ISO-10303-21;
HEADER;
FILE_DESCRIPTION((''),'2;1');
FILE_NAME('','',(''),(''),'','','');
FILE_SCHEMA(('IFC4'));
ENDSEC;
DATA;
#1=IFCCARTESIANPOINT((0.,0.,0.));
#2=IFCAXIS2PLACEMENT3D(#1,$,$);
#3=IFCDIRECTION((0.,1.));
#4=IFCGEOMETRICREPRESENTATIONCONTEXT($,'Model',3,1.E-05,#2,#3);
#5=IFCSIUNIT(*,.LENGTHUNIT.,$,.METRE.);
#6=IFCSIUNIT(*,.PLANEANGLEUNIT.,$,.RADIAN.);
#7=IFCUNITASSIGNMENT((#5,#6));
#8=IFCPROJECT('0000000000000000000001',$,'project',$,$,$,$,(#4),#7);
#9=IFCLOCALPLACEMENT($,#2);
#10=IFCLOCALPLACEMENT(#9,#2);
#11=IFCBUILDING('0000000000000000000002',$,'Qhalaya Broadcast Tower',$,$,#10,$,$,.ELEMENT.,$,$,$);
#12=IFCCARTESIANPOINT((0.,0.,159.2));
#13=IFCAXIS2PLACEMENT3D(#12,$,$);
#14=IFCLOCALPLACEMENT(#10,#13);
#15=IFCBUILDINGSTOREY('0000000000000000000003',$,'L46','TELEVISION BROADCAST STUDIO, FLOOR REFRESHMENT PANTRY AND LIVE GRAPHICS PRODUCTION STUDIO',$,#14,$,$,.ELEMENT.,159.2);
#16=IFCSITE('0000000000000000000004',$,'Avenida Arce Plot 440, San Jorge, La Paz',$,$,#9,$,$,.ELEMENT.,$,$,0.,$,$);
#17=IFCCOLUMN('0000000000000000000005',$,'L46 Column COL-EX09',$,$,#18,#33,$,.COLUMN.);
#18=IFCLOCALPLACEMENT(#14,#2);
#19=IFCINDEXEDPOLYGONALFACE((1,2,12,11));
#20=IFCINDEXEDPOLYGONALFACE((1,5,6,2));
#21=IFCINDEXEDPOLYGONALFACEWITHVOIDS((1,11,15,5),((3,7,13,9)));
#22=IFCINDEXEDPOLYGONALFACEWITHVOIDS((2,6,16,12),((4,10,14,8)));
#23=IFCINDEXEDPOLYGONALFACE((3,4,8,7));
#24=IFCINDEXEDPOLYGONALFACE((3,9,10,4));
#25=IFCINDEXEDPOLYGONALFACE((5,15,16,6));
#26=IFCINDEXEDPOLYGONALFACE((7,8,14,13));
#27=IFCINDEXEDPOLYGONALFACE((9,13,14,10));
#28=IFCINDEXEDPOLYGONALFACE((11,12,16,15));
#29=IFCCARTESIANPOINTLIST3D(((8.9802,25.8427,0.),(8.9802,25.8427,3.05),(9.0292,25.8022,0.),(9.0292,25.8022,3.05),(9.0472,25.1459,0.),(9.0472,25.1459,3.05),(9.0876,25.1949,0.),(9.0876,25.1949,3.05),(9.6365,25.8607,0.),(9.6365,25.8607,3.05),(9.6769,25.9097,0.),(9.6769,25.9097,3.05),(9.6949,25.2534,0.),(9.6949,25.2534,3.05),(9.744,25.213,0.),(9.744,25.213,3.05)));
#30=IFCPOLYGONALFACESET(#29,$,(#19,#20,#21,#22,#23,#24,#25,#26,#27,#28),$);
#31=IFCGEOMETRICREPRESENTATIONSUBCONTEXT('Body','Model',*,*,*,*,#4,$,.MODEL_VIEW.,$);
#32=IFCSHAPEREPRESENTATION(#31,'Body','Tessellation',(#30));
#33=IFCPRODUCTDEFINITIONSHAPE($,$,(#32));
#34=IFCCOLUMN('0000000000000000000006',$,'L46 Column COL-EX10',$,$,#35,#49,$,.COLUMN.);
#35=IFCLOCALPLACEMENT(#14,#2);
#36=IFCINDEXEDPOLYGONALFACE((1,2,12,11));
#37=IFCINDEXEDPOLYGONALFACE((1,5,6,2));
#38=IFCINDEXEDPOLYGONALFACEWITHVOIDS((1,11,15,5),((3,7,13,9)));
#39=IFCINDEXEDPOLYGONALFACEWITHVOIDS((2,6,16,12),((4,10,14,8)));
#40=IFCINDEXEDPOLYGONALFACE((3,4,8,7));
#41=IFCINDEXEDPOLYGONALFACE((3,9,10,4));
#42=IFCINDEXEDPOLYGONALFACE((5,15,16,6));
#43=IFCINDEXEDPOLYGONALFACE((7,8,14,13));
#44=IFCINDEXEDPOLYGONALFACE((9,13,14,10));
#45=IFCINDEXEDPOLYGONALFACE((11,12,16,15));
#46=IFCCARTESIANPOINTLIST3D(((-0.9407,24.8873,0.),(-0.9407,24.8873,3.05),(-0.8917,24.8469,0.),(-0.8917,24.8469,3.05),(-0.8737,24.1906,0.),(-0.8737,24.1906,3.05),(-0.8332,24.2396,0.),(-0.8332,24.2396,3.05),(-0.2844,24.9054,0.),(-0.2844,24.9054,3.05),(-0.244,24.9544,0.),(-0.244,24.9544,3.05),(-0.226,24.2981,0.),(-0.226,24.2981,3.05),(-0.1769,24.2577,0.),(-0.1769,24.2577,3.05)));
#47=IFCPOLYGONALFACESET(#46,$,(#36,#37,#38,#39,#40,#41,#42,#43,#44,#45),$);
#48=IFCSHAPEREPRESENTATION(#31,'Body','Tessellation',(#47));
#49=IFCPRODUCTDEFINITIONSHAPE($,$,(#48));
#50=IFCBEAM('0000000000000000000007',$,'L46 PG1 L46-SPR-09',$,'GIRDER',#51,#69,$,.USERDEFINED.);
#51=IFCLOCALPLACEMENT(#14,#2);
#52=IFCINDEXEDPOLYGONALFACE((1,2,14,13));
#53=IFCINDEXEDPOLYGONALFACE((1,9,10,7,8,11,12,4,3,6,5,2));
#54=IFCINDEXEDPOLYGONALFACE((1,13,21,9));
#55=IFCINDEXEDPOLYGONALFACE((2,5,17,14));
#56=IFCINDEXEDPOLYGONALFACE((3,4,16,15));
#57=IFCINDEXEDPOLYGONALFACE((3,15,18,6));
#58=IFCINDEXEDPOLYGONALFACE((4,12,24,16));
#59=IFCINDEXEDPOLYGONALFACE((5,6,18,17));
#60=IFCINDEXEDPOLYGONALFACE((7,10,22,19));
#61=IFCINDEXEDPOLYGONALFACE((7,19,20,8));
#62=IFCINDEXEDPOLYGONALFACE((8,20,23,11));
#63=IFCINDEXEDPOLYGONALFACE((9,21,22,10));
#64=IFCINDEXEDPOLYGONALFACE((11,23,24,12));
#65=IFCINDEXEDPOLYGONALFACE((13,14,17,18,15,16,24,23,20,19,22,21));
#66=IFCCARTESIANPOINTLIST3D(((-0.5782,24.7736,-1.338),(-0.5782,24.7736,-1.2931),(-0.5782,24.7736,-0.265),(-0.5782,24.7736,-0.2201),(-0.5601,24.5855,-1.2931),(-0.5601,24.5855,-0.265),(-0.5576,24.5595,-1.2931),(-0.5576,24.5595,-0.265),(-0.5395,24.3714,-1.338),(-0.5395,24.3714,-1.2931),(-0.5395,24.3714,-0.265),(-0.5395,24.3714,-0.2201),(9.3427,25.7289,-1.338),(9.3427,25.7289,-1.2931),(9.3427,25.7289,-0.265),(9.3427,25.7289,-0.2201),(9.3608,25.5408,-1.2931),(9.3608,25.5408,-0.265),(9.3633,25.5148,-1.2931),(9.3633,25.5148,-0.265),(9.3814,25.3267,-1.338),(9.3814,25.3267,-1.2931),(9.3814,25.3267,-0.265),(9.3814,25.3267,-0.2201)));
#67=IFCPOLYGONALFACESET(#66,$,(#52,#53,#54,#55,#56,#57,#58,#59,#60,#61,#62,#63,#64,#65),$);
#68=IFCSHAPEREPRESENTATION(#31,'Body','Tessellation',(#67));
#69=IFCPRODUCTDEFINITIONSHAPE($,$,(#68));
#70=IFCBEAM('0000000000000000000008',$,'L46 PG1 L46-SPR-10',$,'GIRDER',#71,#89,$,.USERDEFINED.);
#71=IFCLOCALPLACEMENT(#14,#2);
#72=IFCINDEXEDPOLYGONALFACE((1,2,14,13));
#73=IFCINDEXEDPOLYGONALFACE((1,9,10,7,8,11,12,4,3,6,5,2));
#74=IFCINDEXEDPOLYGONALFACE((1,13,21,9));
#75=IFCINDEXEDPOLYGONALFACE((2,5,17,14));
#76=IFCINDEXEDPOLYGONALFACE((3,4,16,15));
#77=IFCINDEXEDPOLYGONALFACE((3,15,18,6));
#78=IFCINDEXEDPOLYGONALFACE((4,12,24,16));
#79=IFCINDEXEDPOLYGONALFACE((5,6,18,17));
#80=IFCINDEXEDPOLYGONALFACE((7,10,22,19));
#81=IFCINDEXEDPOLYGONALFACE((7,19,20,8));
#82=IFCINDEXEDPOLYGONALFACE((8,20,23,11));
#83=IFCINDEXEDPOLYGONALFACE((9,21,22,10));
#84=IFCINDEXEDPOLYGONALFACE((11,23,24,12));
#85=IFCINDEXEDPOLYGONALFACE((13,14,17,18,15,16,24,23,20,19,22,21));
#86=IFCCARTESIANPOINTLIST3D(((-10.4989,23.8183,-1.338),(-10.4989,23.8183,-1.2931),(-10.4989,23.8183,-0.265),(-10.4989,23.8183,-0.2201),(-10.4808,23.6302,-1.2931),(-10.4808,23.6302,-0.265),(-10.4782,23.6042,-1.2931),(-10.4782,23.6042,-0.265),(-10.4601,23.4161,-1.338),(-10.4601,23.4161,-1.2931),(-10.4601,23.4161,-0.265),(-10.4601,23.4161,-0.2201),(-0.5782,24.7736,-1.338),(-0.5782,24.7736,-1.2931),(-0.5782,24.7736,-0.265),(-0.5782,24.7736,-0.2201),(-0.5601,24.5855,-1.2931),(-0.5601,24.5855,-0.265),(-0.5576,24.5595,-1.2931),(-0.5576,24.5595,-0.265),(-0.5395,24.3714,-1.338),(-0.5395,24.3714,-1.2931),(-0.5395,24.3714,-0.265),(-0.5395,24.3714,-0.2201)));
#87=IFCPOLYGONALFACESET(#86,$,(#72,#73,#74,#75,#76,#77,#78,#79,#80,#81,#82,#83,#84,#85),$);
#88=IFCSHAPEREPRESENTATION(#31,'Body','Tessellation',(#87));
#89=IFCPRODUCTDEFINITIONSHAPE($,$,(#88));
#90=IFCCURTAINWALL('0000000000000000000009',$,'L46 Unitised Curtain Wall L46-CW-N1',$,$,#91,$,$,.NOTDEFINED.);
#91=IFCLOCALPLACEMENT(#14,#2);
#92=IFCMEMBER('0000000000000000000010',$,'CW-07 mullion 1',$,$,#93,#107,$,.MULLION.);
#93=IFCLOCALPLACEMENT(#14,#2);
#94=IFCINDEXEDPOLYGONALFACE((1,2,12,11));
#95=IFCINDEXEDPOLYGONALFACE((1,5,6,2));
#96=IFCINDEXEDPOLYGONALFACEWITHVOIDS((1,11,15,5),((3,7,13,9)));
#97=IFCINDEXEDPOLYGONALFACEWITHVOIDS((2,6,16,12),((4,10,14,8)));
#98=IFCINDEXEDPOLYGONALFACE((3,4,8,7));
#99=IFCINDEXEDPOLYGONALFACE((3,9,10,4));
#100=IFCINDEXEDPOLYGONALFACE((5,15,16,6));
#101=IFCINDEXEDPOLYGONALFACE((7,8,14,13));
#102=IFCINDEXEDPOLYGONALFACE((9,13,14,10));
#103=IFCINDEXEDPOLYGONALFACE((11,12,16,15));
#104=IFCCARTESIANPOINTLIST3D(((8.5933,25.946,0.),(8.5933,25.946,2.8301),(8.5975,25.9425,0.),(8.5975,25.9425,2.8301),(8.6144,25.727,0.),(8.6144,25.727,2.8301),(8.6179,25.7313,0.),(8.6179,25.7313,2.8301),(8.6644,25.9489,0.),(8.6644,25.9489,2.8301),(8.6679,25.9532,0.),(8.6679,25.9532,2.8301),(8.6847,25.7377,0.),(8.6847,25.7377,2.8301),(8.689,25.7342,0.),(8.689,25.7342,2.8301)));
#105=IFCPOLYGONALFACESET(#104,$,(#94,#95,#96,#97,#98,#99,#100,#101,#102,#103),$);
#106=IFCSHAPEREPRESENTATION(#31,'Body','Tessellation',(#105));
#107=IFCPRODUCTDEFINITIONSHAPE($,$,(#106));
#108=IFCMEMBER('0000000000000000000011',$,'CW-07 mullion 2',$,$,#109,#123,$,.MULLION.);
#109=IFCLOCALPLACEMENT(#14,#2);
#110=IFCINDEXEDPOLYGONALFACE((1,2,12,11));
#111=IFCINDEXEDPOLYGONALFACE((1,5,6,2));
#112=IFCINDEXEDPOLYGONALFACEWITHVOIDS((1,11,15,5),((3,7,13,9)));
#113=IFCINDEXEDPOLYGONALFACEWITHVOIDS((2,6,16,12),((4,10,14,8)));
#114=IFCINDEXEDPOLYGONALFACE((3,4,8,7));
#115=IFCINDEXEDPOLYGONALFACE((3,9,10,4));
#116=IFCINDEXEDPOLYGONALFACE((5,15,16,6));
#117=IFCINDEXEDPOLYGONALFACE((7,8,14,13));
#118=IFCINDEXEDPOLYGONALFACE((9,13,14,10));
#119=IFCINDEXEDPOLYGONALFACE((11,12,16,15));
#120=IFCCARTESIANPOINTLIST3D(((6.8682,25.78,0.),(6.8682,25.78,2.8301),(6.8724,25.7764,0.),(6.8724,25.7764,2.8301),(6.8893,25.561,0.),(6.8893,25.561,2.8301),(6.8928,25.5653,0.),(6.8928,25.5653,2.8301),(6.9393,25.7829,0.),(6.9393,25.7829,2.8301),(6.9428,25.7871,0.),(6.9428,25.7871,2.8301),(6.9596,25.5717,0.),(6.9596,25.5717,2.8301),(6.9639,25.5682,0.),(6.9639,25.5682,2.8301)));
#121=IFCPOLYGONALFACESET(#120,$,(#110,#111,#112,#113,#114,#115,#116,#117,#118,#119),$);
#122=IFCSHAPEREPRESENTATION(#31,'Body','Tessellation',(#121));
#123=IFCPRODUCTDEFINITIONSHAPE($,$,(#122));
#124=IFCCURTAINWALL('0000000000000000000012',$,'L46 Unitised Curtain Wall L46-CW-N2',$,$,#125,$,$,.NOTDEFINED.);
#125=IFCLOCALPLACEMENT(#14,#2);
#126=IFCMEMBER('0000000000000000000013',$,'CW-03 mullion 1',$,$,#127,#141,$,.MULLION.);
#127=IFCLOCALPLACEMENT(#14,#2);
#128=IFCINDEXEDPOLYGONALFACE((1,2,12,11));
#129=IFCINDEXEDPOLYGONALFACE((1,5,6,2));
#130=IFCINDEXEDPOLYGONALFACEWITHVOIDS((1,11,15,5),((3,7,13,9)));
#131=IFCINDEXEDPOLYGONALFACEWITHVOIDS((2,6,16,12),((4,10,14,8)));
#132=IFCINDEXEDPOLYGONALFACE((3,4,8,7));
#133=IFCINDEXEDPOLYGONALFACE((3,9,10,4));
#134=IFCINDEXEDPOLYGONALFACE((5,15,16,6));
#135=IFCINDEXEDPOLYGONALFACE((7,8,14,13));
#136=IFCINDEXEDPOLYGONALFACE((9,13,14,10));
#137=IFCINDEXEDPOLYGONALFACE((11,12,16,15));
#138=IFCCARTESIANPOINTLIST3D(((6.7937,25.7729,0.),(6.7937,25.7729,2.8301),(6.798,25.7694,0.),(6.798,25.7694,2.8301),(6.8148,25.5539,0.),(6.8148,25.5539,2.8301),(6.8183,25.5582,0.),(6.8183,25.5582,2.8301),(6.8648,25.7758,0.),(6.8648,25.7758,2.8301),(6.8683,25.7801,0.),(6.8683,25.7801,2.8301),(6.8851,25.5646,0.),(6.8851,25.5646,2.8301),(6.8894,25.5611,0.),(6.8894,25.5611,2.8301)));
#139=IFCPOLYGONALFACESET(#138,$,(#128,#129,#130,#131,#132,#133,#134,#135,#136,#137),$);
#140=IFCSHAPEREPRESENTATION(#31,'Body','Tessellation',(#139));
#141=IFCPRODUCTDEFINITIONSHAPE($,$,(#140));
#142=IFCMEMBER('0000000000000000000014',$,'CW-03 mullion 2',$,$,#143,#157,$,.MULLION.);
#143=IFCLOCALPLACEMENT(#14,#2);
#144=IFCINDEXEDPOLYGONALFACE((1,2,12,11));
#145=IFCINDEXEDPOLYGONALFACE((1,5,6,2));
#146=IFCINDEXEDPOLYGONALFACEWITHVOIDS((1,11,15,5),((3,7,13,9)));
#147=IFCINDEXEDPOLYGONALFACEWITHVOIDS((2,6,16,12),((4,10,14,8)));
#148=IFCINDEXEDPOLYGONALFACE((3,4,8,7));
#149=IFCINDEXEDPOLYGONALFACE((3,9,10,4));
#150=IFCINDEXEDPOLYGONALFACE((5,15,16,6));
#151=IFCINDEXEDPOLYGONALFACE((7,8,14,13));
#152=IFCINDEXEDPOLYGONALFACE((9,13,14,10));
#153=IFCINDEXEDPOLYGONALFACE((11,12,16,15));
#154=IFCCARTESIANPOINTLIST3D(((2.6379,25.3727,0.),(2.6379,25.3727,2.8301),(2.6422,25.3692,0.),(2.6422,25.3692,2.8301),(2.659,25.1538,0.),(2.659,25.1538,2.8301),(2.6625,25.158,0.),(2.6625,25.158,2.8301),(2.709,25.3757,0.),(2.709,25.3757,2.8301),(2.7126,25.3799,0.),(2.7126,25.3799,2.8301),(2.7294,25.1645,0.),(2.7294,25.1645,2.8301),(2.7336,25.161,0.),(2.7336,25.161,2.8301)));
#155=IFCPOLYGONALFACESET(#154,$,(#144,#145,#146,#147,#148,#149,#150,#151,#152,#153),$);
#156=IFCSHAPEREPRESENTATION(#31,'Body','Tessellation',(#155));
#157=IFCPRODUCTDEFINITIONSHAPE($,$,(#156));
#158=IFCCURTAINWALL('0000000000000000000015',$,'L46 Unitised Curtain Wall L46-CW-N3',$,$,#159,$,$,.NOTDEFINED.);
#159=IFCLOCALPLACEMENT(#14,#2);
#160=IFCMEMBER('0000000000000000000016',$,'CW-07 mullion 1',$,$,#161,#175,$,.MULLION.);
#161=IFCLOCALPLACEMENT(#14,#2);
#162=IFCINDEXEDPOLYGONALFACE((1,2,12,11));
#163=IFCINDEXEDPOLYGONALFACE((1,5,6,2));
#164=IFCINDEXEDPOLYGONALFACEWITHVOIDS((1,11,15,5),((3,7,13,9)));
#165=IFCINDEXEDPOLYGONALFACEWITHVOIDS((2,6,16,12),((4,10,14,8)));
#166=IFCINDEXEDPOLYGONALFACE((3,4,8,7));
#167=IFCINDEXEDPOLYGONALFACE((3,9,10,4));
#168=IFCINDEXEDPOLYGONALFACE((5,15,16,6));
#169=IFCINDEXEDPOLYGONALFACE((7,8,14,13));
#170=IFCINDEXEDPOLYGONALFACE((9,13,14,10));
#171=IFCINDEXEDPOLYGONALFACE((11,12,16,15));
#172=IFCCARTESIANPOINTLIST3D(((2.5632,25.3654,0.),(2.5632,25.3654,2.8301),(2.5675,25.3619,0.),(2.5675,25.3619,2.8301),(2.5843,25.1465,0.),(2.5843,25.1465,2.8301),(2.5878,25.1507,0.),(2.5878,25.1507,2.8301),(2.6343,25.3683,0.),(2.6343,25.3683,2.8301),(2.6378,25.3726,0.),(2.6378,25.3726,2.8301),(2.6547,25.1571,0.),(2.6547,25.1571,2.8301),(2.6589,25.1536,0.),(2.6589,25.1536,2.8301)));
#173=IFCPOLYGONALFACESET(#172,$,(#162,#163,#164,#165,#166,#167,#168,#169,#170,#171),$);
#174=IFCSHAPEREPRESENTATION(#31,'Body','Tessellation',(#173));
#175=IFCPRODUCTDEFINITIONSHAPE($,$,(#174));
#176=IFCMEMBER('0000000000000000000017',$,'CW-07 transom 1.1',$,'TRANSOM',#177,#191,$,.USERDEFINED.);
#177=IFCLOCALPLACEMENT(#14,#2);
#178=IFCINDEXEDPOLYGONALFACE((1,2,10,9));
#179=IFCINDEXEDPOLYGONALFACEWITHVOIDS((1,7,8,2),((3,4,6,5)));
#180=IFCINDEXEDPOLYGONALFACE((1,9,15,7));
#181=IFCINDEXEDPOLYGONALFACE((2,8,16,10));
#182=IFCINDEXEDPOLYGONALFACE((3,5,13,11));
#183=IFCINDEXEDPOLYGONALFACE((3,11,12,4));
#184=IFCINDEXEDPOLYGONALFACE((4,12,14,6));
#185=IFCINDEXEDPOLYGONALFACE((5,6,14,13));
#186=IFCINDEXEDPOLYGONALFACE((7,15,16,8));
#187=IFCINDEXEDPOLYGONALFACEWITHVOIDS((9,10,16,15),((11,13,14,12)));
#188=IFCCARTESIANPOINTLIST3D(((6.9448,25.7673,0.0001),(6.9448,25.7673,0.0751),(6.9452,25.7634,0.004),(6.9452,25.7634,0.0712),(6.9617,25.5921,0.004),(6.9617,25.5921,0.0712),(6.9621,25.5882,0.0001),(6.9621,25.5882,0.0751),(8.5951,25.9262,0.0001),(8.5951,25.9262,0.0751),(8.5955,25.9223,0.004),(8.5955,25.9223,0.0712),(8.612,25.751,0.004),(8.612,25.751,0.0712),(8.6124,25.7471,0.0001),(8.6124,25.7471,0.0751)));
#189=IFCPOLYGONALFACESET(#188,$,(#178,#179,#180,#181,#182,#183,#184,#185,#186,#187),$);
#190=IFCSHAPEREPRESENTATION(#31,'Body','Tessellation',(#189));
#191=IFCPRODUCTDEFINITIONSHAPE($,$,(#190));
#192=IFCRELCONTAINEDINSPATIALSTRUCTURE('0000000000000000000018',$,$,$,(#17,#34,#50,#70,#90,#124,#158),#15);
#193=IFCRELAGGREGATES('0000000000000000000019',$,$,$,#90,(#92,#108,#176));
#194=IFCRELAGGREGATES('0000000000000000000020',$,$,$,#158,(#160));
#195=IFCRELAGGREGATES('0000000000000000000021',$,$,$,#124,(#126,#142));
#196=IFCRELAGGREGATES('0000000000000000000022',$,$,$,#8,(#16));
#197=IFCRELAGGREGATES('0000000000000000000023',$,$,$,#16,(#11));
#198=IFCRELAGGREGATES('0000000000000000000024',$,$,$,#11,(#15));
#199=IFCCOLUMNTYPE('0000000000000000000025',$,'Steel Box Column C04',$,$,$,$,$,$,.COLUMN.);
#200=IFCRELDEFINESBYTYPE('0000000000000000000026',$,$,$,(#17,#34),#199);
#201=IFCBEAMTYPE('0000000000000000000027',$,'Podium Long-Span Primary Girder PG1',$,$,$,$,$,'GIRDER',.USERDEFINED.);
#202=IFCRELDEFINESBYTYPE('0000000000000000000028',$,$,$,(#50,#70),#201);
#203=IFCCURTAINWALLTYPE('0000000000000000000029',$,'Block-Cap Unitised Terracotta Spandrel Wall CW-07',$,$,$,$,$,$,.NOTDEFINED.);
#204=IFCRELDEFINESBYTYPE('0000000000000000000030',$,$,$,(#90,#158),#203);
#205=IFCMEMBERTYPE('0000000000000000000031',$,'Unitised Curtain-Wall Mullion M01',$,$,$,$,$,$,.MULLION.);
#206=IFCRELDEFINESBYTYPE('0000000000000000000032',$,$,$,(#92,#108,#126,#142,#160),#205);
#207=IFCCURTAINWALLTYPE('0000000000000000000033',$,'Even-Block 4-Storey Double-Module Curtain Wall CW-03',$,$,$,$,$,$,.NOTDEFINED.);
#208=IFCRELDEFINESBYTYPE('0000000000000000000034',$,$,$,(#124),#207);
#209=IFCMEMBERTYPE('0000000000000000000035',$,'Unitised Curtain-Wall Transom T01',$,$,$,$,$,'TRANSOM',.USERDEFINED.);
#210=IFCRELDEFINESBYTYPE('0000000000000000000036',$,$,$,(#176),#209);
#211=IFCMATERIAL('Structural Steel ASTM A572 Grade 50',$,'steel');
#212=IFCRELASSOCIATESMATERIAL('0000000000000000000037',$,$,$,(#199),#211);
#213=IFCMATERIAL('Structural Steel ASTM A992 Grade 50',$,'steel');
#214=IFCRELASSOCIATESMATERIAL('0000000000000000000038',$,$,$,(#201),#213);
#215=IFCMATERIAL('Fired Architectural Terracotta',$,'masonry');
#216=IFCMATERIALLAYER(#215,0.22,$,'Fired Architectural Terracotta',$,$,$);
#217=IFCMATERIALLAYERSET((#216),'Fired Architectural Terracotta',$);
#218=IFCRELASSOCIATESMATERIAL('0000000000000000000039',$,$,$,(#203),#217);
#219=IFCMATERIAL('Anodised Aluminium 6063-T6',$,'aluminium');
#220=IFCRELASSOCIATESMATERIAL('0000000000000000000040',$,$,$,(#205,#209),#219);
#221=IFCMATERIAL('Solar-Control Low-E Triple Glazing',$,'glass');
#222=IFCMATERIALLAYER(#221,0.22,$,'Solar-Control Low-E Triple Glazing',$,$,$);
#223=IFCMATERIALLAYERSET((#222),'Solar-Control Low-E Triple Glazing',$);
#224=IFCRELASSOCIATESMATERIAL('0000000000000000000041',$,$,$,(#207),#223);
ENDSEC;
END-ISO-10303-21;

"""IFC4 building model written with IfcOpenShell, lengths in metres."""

from ifc_helpers import new_model, si_unit, direction, frame, origin, origin_2d, place, context, subcontext, project, spatial, hollow_rectangle, i_section, extrude, material, layer, layer_set, material_profile, profile_set, type_object, element, aggregate, save


model = new_model("IFC4")

# Units and contexts
model_context = context("Model", 3, precision=1e-05, world=origin(), true_north=direction((0.0, 1.0)))
body_context = subcontext(model_context, "Body", "Model", "MODEL_VIEW")
ifc_project = project(units=[si_unit("LENGTHUNIT", "METRE"), si_unit("PLANEANGLEUNIT", "RADIAN")], contexts=[model_context])

# Site, building, storey
site_placement = place(None, origin())
site = spatial("IfcSite", under=ifc_project, at=site_placement, Name="Avenida Arce Plot 440, San Jorge, La Paz", CompositionType="ELEMENT", RefElevation=0.0)
building_placement = place(site_placement, origin())
building = spatial("IfcBuilding", under=site, at=building_placement, Name="Qhalaya Broadcast Tower", CompositionType="ELEMENT")
storey_placement = place(building_placement, frame((0.0, 0.0, 159.2)))
storey = spatial("IfcBuildingStorey", under=building, at=storey_placement, Name="L46", Description="TELEVISION BROADCAST STUDIO, FLOOR REFRESHMENT PANTRY AND LIVE GRAPHICS PRODUCTION STUDIO", CompositionType="ELEMENT", Elevation=159.2)

# Columns
ifc_material_1 = material(Name="Structural Steel ASTM A572 Grade 50", Category="steel")
ifc_material_profile_1 = material_profile(ifc_material_1, hollow_rectangle(XDim=0.7, YDim=0.7, WallThickness=0.0449, at=origin_2d()), Name="BOX 700x700x45")
ifc_profile_set_1 = profile_set([ifc_material_profile_1], Name="Structural Steel ASTM A572 Grade 50")
column_type = type_object("IfcColumnType", Name="Steel Box Column C04", PredefinedType="COLUMN", material=ifc_profile_set_1)
for number, where, z_axis, x_axis, name in (
    (1, (9.3621, 25.5278, 0.0), (0.0, 0.0, 1.0), (0.995396, 0.095846, 0.0), "L46 Column COL-EX09"),
    (2, (-0.5588, 24.5725, 0.0), (0.0, 0.0, 1.0), (0.995396, 0.095846, 0.0), "L46 Column COL-EX10"),
):
    element("IfcColumn", number, at=place(storey_placement, frame(where, z_axis=z_axis, x_axis=x_axis)), inside=storey, type_object=column_type, Name=name, PredefinedType="COLUMN", context=body_context, shape_type="SweptSolid", body=[
        extrude(hollow_rectangle(XDim=0.7, YDim=0.7, WallThickness=0.0449, at=origin_2d()), origin(), (0.0, 0.0, 1.0), 3.05),
    ])

# Beams
ifc_material_2 = material(Name="Structural Steel ASTM A992 Grade 50", Category="steel")
ifc_material_profile_2 = material_profile(ifc_material_2, i_section(OverallWidth=0.4041, OverallDepth=1.1179, WebThickness=0.0261, FlangeThickness=0.0449, at=origin_2d()), Name="W44X335")
ifc_profile_set_2 = profile_set([ifc_material_profile_2], Name="Structural Steel ASTM A992 Grade 50")
beam_type = type_object("IfcBeamType", Name="Podium Long-Span Primary Girder PG1", ElementType="GIRDER", PredefinedType="USERDEFINED", material=ifc_profile_set_2)
beam_1_placement = place(storey_placement, frame((9.3621, 25.5278, -0.7791), z_axis=(-0.995396, -0.095851, 0.0), x_axis=(0.095851, -0.995396, 0.0)))
element("IfcBeam", 3, at=beam_1_placement, inside=storey, type_object=beam_type, Name="L46 PG1 L46-SPR-09", ObjectType="GIRDER", PredefinedType="USERDEFINED", context=body_context, shape_type="SweptSolid", body=[
    extrude(i_section(OverallWidth=0.4041, OverallDepth=1.1179, WebThickness=0.0261, FlangeThickness=0.0449, at=origin_2d()), origin(), (0.0, 0.0, 1.0), 9.9668),
])
beam_2_placement = place(storey_placement, frame((-0.5588, 24.5725, -0.7791), z_axis=(-0.995396, -0.095853, 0.0), x_axis=(0.095853, -0.995396, 0.0)))
element("IfcBeam", 4, at=beam_2_placement, inside=storey, type_object=beam_type, Name="L46 PG1 L46-SPR-10", ObjectType="GIRDER", PredefinedType="USERDEFINED", context=body_context, shape_type="SweptSolid", body=[
    extrude(i_section(OverallWidth=0.4041, OverallDepth=1.1179, WebThickness=0.0261, FlangeThickness=0.0449, at=origin_2d()), origin(), (0.0, 0.0, 1.0), 9.9666),
])

# Curtain walls, members
ifc_material_3 = material(Name="Fired Architectural Terracotta", Category="masonry")
ifc_layer_1 = layer(ifc_material_3, 0.22, Name="Fired Architectural Terracotta")
ifc_layer_set_1 = layer_set([ifc_layer_1], Name="Fired Architectural Terracotta")
curtain_wall_type_1 = type_object("IfcCurtainWallType", Name="Block-Cap Unitised Terracotta Spandrel Wall CW-07", PredefinedType="NOTDEFINED", material=ifc_layer_set_1)
curtain_wall_1_placement = place(storey_placement, origin())
curtain_wall_1 = element("IfcCurtainWall", 5, at=curtain_wall_1_placement, inside=storey, type_object=curtain_wall_type_1, Name="L46 Unitised Curtain Wall L46-CW-N1", PredefinedType="NOTDEFINED")
ifc_material_4 = material(Name="Anodised Aluminium 6063-T6", Category="aluminium")
ifc_material_profile_3 = material_profile(ifc_material_4, hollow_rectangle(XDim=0.075, YDim=0.22, WallThickness=0.0039, at=origin_2d()), Name="ALU-MUL 75x220x4")
ifc_profile_set_3 = profile_set([ifc_material_profile_3], Name="Anodised Aluminium 6063-T6")
member_type_1 = type_object("IfcMemberType", Name="Unitised Curtain-Wall Mullion M01", PredefinedType="MULLION", material=ifc_profile_set_3)
member_1_placement = place(storey_placement, frame((8.6411, 25.8401, 0.0), z_axis=(0.0, 0.0, 1.0), x_axis=(-0.995396, -0.09585, 0.0)))
member_1 = element("IfcMember", 6, at=member_1_placement, type_object=member_type_1, Name="CW-07 mullion 1", PredefinedType="MULLION", context=body_context, shape_type="SweptSolid", body=[
    extrude(hollow_rectangle(XDim=0.075, YDim=0.22, WallThickness=0.0039, at=origin_2d()), origin(), (0.0, 0.0, 1.0), 2.8301),
])
member_2_placement = place(storey_placement, frame((6.916, 25.6741, 0.0), z_axis=(0.0, 0.0, 1.0), x_axis=(-0.995396, -0.09585, 0.0)))
member_2 = element("IfcMember", 7, at=member_2_placement, type_object=member_type_1, Name="CW-07 mullion 2", PredefinedType="MULLION", context=body_context, shape_type="SweptSolid", body=[
    extrude(hollow_rectangle(XDim=0.075, YDim=0.22, WallThickness=0.0039, at=origin_2d()), origin(), (0.0, 0.0, 1.0), 2.8301),
])
ifc_material_5 = material(Name="Solar-Control Low-E Triple Glazing", Category="glass")
ifc_layer_2 = layer(ifc_material_5, 0.22, Name="Solar-Control Low-E Triple Glazing")
ifc_layer_set_2 = layer_set([ifc_layer_2], Name="Solar-Control Low-E Triple Glazing")
curtain_wall_type_2 = type_object("IfcCurtainWallType", Name="Even-Block 4-Storey Double-Module Curtain Wall CW-03", PredefinedType="NOTDEFINED", material=ifc_layer_set_2)
curtain_wall_2_placement = place(storey_placement, origin())
curtain_wall_2 = element("IfcCurtainWall", 8, at=curtain_wall_2_placement, inside=storey, type_object=curtain_wall_type_2, Name="L46 Unitised Curtain Wall L46-CW-N2", PredefinedType="NOTDEFINED")
member_3_placement = place(storey_placement, frame((6.8416, 25.667, 0.0), z_axis=(0.0, 0.0, 1.0), x_axis=(-0.995397, -0.095836, 0.0)))
member_3 = element("IfcMember", 9, at=member_3_placement, type_object=member_type_1, Name="CW-03 mullion 1", PredefinedType="MULLION", context=body_context, shape_type="SweptSolid", body=[
    extrude(hollow_rectangle(XDim=0.075, YDim=0.22, WallThickness=0.0039, at=origin_2d()), origin(), (0.0, 0.0, 1.0), 2.8301),
])
member_4_placement = place(storey_placement, frame((2.6858, 25.2668, 0.0), z_axis=(0.0, 0.0, 1.0), x_axis=(-0.995397, -0.095836, 0.0)))
member_4 = element("IfcMember", 10, at=member_4_placement, type_object=member_type_1, Name="CW-03 mullion 2", PredefinedType="MULLION", context=body_context, shape_type="SweptSolid", body=[
    extrude(hollow_rectangle(XDim=0.075, YDim=0.22, WallThickness=0.0039, at=origin_2d()), origin(), (0.0, 0.0, 1.0), 2.8301),
])

# Curtain wall, member
curtain_wall_3_placement = place(storey_placement, origin())
curtain_wall_3 = element("IfcCurtainWall", 11, at=curtain_wall_3_placement, inside=storey, type_object=curtain_wall_type_1, Name="L46 Unitised Curtain Wall L46-CW-N3", PredefinedType="NOTDEFINED")
member_5_placement = place(storey_placement, frame((2.6111, 25.2595, 0.0), z_axis=(0.0, 0.0, 1.0), x_axis=(-0.995396, -0.095848, 0.0)))
member_5 = element("IfcMember", 12, at=member_5_placement, type_object=member_type_1, Name="CW-07 mullion 1", PredefinedType="MULLION", context=body_context, shape_type="SweptSolid", body=[
    extrude(hollow_rectangle(XDim=0.075, YDim=0.22, WallThickness=0.0039, at=origin_2d()), origin(), (0.0, 0.0, 1.0), 2.8301),
])

# Member
ifc_material_profile_4 = material_profile(ifc_material_4, hollow_rectangle(XDim=0.075, YDim=0.1799, WallThickness=0.0039, at=origin_2d()), Name="ALU-TRN 75x180x4")
ifc_profile_set_4 = profile_set([ifc_material_profile_4], Name="Anodised Aluminium 6063-T6")
member_type_2 = type_object("IfcMemberType", Name="Unitised Curtain-Wall Transom T01", ElementType="TRANSOM", PredefinedType="USERDEFINED", material=ifc_profile_set_4)
member_6_placement = place(storey_placement, frame((8.6038, 25.8367, 0.0376), z_axis=(-0.995395, -0.095858, 0.0), x_axis=(0.0, 0.0, 1.0)))
member_6 = element("IfcMember", 13, at=member_6_placement, type_object=member_type_2, Name="CW-07 transom 1.1", ObjectType="TRANSOM", PredefinedType="USERDEFINED", context=body_context, shape_type="SweptSolid", body=[
    extrude(hollow_rectangle(XDim=0.075, YDim=0.1799, WallThickness=0.0039, at=origin_2d()), origin(), (0.0, 0.0, 1.0), 1.658),
])

aggregate(curtain_wall_1, [member_1, member_2, member_6])
aggregate(curtain_wall_3, [member_5])
aggregate(curtain_wall_2, [member_3, member_4])

save(model, "model.ifc")
